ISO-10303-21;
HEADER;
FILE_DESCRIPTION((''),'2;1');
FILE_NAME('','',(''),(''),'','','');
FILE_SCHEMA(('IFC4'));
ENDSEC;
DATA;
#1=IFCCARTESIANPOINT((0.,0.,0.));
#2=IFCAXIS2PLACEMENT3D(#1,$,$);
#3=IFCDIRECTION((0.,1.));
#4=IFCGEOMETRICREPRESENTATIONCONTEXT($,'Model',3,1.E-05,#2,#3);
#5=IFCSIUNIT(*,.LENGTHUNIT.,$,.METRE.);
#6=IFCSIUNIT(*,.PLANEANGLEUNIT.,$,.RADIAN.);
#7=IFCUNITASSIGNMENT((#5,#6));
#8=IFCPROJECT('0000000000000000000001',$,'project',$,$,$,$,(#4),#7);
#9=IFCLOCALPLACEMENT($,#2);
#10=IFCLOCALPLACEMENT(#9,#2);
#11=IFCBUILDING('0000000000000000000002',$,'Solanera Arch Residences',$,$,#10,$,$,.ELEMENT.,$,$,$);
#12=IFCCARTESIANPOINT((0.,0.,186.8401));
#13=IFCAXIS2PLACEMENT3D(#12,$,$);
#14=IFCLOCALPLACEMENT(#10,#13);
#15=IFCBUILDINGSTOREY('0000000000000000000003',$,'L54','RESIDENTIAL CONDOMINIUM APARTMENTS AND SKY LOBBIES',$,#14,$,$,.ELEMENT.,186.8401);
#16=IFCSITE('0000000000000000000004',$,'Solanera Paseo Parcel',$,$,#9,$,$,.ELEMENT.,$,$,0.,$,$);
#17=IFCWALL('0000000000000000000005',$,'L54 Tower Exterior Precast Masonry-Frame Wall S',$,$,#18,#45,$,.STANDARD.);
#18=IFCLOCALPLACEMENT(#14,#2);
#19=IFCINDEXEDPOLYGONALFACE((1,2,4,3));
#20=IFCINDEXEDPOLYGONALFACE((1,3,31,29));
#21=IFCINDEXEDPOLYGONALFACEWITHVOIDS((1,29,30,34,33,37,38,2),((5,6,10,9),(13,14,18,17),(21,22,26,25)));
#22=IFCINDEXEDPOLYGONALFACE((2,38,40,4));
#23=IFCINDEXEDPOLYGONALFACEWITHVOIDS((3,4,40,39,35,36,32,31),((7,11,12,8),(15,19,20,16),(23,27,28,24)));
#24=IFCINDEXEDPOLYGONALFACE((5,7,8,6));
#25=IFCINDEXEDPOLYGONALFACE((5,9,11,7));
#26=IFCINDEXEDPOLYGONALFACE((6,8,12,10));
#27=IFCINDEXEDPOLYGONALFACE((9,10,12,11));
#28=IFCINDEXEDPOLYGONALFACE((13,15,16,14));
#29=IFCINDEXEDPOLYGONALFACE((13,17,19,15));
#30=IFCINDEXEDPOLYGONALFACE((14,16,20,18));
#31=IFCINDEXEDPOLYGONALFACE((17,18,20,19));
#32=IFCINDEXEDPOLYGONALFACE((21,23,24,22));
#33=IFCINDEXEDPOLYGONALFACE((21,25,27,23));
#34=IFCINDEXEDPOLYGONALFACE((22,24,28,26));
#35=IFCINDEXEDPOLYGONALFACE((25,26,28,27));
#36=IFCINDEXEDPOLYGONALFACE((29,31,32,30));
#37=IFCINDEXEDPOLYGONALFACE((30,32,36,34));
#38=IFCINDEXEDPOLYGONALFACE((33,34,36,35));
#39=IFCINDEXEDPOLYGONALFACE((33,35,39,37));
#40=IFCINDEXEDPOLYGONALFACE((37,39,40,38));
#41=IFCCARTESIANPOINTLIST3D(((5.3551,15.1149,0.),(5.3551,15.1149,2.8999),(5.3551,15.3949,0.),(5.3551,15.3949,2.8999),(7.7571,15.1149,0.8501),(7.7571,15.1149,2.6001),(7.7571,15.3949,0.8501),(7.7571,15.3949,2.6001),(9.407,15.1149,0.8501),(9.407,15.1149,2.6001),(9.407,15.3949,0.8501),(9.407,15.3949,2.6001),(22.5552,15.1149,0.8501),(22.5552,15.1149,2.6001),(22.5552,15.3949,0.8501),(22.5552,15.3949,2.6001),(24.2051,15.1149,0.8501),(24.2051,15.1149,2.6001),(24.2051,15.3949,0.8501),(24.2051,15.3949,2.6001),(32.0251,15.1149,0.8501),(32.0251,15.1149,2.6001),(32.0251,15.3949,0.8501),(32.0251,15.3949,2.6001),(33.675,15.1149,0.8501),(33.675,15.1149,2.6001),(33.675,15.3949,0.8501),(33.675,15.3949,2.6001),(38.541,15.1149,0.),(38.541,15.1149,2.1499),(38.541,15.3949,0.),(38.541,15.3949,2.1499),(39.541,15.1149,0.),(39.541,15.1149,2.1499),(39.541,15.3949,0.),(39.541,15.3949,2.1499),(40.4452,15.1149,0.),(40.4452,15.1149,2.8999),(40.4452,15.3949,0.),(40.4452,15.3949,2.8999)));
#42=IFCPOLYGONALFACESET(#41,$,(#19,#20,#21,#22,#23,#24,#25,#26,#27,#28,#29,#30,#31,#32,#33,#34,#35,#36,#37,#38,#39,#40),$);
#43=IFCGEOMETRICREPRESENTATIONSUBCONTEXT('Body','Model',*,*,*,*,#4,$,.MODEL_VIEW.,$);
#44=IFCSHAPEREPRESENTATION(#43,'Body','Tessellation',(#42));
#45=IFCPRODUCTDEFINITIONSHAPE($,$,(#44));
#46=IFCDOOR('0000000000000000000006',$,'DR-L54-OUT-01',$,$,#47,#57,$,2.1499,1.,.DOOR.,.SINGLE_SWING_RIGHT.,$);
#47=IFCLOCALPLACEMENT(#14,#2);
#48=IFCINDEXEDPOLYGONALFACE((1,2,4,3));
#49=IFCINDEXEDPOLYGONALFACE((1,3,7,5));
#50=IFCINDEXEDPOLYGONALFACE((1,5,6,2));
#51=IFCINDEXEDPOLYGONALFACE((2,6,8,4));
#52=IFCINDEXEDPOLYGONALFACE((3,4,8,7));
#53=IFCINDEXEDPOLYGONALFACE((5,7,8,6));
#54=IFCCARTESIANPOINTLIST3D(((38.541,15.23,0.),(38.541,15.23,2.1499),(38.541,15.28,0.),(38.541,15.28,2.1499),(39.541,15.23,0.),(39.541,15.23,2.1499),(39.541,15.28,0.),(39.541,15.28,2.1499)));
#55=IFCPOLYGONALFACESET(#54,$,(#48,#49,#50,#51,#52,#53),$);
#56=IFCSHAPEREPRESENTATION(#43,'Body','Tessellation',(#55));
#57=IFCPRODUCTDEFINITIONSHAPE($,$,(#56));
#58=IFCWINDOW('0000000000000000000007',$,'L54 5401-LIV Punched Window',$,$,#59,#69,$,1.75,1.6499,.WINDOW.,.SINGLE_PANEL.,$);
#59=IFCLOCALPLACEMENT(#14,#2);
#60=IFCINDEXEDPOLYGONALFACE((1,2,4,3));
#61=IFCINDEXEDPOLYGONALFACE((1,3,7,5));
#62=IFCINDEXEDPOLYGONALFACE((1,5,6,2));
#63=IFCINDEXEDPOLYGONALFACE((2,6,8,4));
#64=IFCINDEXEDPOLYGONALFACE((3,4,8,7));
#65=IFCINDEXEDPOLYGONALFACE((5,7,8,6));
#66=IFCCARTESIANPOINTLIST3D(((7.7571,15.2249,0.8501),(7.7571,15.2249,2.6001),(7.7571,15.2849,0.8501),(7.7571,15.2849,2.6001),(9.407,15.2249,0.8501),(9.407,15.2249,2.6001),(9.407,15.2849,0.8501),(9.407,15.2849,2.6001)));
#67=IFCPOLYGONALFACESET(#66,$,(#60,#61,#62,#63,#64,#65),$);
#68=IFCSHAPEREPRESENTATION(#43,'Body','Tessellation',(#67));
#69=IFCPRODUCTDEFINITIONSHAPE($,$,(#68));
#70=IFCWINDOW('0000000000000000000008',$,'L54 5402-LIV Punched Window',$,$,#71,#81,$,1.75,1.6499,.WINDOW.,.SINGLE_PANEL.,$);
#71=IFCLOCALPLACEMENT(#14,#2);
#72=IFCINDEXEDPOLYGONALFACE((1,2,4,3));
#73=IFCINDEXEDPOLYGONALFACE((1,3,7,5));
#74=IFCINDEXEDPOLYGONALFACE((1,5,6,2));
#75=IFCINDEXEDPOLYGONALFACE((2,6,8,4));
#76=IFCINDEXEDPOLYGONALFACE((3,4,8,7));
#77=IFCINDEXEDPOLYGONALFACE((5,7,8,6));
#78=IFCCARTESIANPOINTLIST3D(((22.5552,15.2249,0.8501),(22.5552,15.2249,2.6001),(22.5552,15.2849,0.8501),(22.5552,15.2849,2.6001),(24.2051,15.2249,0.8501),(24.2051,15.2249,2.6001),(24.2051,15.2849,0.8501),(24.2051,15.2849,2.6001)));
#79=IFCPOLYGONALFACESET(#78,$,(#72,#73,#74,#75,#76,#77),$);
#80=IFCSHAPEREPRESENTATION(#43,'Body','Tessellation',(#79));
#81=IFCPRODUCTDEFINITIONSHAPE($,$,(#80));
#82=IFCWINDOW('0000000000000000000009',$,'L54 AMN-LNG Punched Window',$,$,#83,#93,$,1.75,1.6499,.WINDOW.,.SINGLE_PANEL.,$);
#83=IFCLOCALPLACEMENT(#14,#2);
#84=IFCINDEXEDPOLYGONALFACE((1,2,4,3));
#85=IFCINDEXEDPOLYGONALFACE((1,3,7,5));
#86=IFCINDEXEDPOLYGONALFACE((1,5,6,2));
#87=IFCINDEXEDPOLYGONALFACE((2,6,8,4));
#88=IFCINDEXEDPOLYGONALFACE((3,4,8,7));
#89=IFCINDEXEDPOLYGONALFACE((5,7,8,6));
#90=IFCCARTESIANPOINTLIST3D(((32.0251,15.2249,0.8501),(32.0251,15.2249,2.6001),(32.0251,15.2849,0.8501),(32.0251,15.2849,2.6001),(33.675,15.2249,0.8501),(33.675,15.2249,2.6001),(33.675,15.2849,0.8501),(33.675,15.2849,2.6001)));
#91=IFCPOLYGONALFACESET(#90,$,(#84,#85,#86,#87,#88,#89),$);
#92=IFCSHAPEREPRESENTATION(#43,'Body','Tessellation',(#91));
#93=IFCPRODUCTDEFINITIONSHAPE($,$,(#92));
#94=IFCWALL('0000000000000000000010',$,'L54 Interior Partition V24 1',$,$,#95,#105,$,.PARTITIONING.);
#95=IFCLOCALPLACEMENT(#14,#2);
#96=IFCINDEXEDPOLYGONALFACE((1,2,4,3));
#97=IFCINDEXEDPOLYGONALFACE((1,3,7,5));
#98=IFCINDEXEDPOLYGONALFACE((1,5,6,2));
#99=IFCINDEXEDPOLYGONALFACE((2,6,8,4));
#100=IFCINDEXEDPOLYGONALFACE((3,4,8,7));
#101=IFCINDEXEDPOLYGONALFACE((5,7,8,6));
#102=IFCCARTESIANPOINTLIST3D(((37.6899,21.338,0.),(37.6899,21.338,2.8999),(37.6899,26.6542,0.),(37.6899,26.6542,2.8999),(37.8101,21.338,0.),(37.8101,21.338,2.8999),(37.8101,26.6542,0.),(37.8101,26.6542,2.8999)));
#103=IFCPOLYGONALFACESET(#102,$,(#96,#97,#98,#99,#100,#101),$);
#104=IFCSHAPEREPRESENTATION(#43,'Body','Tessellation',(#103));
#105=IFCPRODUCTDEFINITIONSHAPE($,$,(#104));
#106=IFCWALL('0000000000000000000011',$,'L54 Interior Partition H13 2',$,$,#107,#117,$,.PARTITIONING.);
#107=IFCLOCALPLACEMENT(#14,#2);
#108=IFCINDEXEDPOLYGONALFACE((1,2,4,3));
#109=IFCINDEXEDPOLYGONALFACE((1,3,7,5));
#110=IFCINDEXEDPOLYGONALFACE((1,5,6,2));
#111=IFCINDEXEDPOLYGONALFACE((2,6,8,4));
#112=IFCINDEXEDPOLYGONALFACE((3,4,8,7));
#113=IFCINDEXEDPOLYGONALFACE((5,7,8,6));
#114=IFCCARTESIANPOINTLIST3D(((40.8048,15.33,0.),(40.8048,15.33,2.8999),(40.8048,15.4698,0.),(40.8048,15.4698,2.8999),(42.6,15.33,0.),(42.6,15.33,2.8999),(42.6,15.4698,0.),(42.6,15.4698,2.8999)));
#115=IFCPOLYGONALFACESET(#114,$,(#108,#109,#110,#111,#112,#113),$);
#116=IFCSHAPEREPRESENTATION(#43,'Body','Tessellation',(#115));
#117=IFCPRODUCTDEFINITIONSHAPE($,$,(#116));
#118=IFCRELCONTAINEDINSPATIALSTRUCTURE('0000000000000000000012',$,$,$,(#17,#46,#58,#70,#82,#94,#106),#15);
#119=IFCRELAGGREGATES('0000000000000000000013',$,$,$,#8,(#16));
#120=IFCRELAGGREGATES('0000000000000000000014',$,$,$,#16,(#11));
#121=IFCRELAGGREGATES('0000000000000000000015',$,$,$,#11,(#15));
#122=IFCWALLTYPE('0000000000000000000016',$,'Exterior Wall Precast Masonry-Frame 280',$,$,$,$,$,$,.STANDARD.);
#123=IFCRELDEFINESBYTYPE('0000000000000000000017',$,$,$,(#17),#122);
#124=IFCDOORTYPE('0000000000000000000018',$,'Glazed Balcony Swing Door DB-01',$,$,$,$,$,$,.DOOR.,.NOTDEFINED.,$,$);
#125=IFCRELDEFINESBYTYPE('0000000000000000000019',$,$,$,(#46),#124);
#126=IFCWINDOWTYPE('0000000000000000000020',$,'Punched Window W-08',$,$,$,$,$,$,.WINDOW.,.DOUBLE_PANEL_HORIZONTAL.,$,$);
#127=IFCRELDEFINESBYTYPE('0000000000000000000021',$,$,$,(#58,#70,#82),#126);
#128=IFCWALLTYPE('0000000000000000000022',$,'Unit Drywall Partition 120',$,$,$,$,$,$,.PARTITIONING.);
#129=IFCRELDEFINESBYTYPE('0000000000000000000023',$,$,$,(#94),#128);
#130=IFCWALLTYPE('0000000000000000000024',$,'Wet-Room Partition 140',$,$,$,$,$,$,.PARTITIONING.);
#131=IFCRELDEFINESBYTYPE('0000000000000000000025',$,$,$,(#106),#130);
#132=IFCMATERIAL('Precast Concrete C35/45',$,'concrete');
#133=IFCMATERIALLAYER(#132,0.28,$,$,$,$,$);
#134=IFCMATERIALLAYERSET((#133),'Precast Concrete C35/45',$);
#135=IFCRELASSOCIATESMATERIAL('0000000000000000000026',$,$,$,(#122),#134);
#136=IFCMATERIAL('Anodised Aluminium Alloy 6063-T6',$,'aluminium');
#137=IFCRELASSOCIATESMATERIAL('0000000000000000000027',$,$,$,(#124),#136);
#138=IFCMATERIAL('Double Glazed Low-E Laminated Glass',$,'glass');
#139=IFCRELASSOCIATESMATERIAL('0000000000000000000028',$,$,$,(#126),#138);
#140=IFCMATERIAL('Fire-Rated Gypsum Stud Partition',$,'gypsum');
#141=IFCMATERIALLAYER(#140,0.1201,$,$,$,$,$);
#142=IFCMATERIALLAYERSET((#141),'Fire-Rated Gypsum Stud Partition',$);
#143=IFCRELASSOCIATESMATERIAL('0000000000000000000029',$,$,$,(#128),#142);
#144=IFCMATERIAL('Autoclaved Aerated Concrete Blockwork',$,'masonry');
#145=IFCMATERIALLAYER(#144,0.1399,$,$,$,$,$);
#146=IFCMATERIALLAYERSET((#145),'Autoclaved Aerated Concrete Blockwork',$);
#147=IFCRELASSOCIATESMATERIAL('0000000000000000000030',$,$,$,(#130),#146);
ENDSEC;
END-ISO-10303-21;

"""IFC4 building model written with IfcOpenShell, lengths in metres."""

from ifc_helpers import new_model, si_unit, direction, frame, frame_2d, origin, place, context, subcontext, project, spatial, rectangle, extrude, material, layer, layer_set, type_object, element, fill, save


model = new_model("IFC4")

# Units and contexts
model_context = context("Model", 3, precision=1e-05, world=origin(), true_north=direction((0.0, 1.0)))
body_context = subcontext(model_context, "Body", "Model", "MODEL_VIEW")
ifc_project = project(units=[si_unit("LENGTHUNIT", "METRE"), si_unit("PLANEANGLEUNIT", "RADIAN")], contexts=[model_context])

# Site, building, storey
site_placement = place(None, origin())
site = spatial("IfcSite", under=ifc_project, at=site_placement, Name="Solanera Paseo Parcel", CompositionType="ELEMENT", RefElevation=0.0)
building_placement = place(site_placement, origin())
building = spatial("IfcBuilding", under=site, at=building_placement, Name="Solanera Arch Residences", CompositionType="ELEMENT")
storey_placement = place(building_placement, frame((0.0, 0.0, 186.8401)))
storey = spatial("IfcBuildingStorey", under=building, at=storey_placement, Name="L54", Description="RESIDENTIAL CONDOMINIUM APARTMENTS AND SKY LOBBIES", CompositionType="ELEMENT", Elevation=186.8401)

# Shared definitions
ifc_material_1 = material(Name="Precast Concrete C35/45", Category="concrete")
ifc_layer_1 = layer(ifc_material_1, 0.28)
ifc_layer_set_1 = layer_set([ifc_layer_1], Name="Precast Concrete C35/45")
wall_type_1 = type_object("IfcWallType", Name="Exterior Wall Precast Masonry-Frame 280", PredefinedType="STANDARD", material=ifc_layer_set_1)

# Wall, openings, door, windows
wall_1_placement = place(storey_placement, frame((40.4451, 15.2549, 0.0), z_axis=(0.0, 0.0, 1.0), x_axis=(-1.0, 0.0, 0.0)))
wall_1 = element("IfcWall", 1, at=wall_1_placement, inside=storey, type_object=wall_type_1, Name="L54 Tower Exterior Precast Masonry-Frame Wall S", PredefinedType="STANDARD", context=body_context, shape_type="SweptSolid", body=[
    extrude(rectangle(XDim=35.0901, YDim=0.28, at=frame_2d((17.5449, 0.0))), origin(), (0.0, 0.0, 1.0), 2.8999),
])
opening_1_placement = place(wall_1_placement, frame((0.9041, 0.0, 0.0)))
opening_1 = element("IfcOpeningElement", 2, at=opening_1_placement, cuts=wall_1, PredefinedType="OPENING", context=body_context, shape_type="SweptSolid", body=[
    extrude(rectangle(XDim=1.0, YDim=2.1499, at=frame_2d((0.5, 1.075))), frame((0.0, 0.1499, 0.0), z_axis=(0.0, -1.0, 0.0), x_axis=(1.0, 0.0, 0.0)), (0.0, 0.0, 1.0), 0.3),
])
opening_2_placement = place(wall_1_placement, frame((31.0381, 0.0, 0.8501)))
opening_2 = element("IfcOpeningElement", 3, at=opening_2_placement, cuts=wall_1, PredefinedType="OPENING", context=body_context, shape_type="SweptSolid", body=[
    extrude(rectangle(XDim=1.6499, YDim=1.75, at=frame_2d((0.825, 0.875))), frame((0.0, 0.1499, 0.0), z_axis=(0.0, -1.0, 0.0), x_axis=(1.0, 0.0, 0.0)), (0.0, 0.0, 1.0), 0.3),
])
opening_3_placement = place(wall_1_placement, frame((16.24, 0.0, 0.8501)))
opening_3 = element("IfcOpeningElement", 4, at=opening_3_placement, cuts=wall_1, PredefinedType="OPENING", context=body_context, shape_type="SweptSolid", body=[
    extrude(rectangle(XDim=1.6499, YDim=1.75, at=frame_2d((0.825, 0.875))), frame((0.0, 0.1499, 0.0), z_axis=(0.0, -1.0, 0.0), x_axis=(1.0, 0.0, 0.0)), (0.0, 0.0, 1.0), 0.3),
])
opening_4_placement = place(wall_1_placement, frame((6.77, 0.0, 0.8501)))
opening_4 = element("IfcOpeningElement", 5, at=opening_4_placement, cuts=wall_1, PredefinedType="OPENING", context=body_context, shape_type="SweptSolid", body=[
    extrude(rectangle(XDim=1.6499, YDim=1.75, at=frame_2d((0.825, 0.875))), frame((0.0, 0.1499, 0.0), z_axis=(0.0, -1.0, 0.0), x_axis=(1.0, 0.0, 0.0)), (0.0, 0.0, 1.0), 0.3),
])
ifc_material_2 = material(Name="Anodised Aluminium Alloy 6063-T6", Category="aluminium")
door_type = type_object("IfcDoorType", Name="Glazed Balcony Swing Door DB-01", OperationType="NOTDEFINED", PredefinedType="DOOR", material=ifc_material_2)
door_placement = place(opening_1_placement, origin())
door = element("IfcDoor", 6, at=door_placement, inside=storey, type_object=door_type, Name="DR-L54-OUT-01", OperationType="SINGLE_SWING_RIGHT", OverallHeight=2.1499, OverallWidth=1.0, PredefinedType="DOOR", context=body_context, shape_type="SweptSolid", body=[
    extrude(rectangle(XDim=1.0, YDim=2.1499, at=frame_2d((0.5, 1.075))), frame((0.0, 0.0249, 0.0), z_axis=(0.0, -1.0, 0.0), x_axis=(1.0, 0.0, 0.0)), (0.0, 0.0, 1.0), 0.05),
])
fill(opening_1, door)
ifc_material_3 = material(Name="Double Glazed Low-E Laminated Glass", Category="glass")
window_type = type_object("IfcWindowType", Name="Punched Window W-08", PartitioningType="DOUBLE_PANEL_HORIZONTAL", PredefinedType="WINDOW", material=ifc_material_3)
window_1_placement = place(opening_2_placement, origin())
window_1 = element("IfcWindow", 7, at=window_1_placement, inside=storey, type_object=window_type, Name="L54 5401-LIV Punched Window", OverallHeight=1.75, OverallWidth=1.6499, PartitioningType="SINGLE_PANEL", PredefinedType="WINDOW", context=body_context, shape_type="SweptSolid", body=[
    extrude(rectangle(XDim=1.6499, YDim=1.75, at=frame_2d((0.825, 0.875))), frame((0.0, 0.03, 0.0), z_axis=(0.0, -1.0, 0.0), x_axis=(1.0, 0.0, 0.0)), (0.0, 0.0, 1.0), 0.0601),
])
fill(opening_2, window_1)
window_2_placement = place(opening_3_placement, origin())
window_2 = element("IfcWindow", 8, at=window_2_placement, inside=storey, type_object=window_type, Name="L54 5402-LIV Punched Window", OverallHeight=1.75, OverallWidth=1.6499, PartitioningType="SINGLE_PANEL", PredefinedType="WINDOW", context=body_context, shape_type="SweptSolid", body=[
    extrude(rectangle(XDim=1.6499, YDim=1.75, at=frame_2d((0.825, 0.875))), frame((0.0, 0.03, 0.0), z_axis=(0.0, -1.0, 0.0), x_axis=(1.0, 0.0, 0.0)), (0.0, 0.0, 1.0), 0.0601),
])
fill(opening_3, window_2)
window_3_placement = place(opening_4_placement, origin())
window_3 = element("IfcWindow", 9, at=window_3_placement, inside=storey, type_object=window_type, Name="L54 AMN-LNG Punched Window", OverallHeight=1.75, OverallWidth=1.6499, PartitioningType="SINGLE_PANEL", PredefinedType="WINDOW", context=body_context, shape_type="SweptSolid", body=[
    extrude(rectangle(XDim=1.6499, YDim=1.75, at=frame_2d((0.825, 0.875))), frame((0.0, 0.03, 0.0), z_axis=(0.0, -1.0, 0.0), x_axis=(1.0, 0.0, 0.0)), (0.0, 0.0, 1.0), 0.0601),
])
fill(opening_4, window_3)

# Walls
ifc_material_4 = material(Name="Fire-Rated Gypsum Stud Partition", Category="gypsum")
ifc_layer_2 = layer(ifc_material_4, 0.1201)
ifc_layer_set_2 = layer_set([ifc_layer_2], Name="Fire-Rated Gypsum Stud Partition")
wall_type_2 = type_object("IfcWallType", Name="Unit Drywall Partition 120", PredefinedType="PARTITIONING", material=ifc_layer_set_2)
wall_2_placement = place(storey_placement, frame((37.75, 21.3379, 0.0), z_axis=(0.0, 0.0, 1.0), x_axis=(0.0, 1.0, 0.0)))
element("IfcWall", 10, at=wall_2_placement, inside=storey, type_object=wall_type_2, Name="L54 Interior Partition V24 1", PredefinedType="PARTITIONING", context=body_context, shape_type="SweptSolid", body=[
    extrude(rectangle(XDim=5.3162, YDim=0.1201, at=frame_2d((2.6582, 0.0))), origin(), (0.0, 0.0, 1.0), 2.8999),
])
ifc_material_5 = material(Name="Autoclaved Aerated Concrete Blockwork", Category="masonry")
ifc_layer_3 = layer(ifc_material_5, 0.1399)
ifc_layer_set_3 = layer_set([ifc_layer_3], Name="Autoclaved Aerated Concrete Blockwork")
wall_type_3 = type_object("IfcWallType", Name="Wet-Room Partition 140", PredefinedType="PARTITIONING", material=ifc_layer_set_3)
wall_3_placement = place(storey_placement, frame((40.8049, 15.3999, 0.0), z_axis=(0.0, 0.0, 1.0), x_axis=(1.0, 0.0, 0.0)))
element("IfcWall", 11, at=wall_3_placement, inside=storey, type_object=wall_type_3, Name="L54 Interior Partition H13 2", PredefinedType="PARTITIONING", context=body_context, shape_type="SweptSolid", body=[
    extrude(rectangle(XDim=1.7952, YDim=0.1399, at=frame_2d((0.8975, 0.0))), origin(), (0.0, 0.0, 1.0), 2.8999),
])

save(model, "model.ifc")
